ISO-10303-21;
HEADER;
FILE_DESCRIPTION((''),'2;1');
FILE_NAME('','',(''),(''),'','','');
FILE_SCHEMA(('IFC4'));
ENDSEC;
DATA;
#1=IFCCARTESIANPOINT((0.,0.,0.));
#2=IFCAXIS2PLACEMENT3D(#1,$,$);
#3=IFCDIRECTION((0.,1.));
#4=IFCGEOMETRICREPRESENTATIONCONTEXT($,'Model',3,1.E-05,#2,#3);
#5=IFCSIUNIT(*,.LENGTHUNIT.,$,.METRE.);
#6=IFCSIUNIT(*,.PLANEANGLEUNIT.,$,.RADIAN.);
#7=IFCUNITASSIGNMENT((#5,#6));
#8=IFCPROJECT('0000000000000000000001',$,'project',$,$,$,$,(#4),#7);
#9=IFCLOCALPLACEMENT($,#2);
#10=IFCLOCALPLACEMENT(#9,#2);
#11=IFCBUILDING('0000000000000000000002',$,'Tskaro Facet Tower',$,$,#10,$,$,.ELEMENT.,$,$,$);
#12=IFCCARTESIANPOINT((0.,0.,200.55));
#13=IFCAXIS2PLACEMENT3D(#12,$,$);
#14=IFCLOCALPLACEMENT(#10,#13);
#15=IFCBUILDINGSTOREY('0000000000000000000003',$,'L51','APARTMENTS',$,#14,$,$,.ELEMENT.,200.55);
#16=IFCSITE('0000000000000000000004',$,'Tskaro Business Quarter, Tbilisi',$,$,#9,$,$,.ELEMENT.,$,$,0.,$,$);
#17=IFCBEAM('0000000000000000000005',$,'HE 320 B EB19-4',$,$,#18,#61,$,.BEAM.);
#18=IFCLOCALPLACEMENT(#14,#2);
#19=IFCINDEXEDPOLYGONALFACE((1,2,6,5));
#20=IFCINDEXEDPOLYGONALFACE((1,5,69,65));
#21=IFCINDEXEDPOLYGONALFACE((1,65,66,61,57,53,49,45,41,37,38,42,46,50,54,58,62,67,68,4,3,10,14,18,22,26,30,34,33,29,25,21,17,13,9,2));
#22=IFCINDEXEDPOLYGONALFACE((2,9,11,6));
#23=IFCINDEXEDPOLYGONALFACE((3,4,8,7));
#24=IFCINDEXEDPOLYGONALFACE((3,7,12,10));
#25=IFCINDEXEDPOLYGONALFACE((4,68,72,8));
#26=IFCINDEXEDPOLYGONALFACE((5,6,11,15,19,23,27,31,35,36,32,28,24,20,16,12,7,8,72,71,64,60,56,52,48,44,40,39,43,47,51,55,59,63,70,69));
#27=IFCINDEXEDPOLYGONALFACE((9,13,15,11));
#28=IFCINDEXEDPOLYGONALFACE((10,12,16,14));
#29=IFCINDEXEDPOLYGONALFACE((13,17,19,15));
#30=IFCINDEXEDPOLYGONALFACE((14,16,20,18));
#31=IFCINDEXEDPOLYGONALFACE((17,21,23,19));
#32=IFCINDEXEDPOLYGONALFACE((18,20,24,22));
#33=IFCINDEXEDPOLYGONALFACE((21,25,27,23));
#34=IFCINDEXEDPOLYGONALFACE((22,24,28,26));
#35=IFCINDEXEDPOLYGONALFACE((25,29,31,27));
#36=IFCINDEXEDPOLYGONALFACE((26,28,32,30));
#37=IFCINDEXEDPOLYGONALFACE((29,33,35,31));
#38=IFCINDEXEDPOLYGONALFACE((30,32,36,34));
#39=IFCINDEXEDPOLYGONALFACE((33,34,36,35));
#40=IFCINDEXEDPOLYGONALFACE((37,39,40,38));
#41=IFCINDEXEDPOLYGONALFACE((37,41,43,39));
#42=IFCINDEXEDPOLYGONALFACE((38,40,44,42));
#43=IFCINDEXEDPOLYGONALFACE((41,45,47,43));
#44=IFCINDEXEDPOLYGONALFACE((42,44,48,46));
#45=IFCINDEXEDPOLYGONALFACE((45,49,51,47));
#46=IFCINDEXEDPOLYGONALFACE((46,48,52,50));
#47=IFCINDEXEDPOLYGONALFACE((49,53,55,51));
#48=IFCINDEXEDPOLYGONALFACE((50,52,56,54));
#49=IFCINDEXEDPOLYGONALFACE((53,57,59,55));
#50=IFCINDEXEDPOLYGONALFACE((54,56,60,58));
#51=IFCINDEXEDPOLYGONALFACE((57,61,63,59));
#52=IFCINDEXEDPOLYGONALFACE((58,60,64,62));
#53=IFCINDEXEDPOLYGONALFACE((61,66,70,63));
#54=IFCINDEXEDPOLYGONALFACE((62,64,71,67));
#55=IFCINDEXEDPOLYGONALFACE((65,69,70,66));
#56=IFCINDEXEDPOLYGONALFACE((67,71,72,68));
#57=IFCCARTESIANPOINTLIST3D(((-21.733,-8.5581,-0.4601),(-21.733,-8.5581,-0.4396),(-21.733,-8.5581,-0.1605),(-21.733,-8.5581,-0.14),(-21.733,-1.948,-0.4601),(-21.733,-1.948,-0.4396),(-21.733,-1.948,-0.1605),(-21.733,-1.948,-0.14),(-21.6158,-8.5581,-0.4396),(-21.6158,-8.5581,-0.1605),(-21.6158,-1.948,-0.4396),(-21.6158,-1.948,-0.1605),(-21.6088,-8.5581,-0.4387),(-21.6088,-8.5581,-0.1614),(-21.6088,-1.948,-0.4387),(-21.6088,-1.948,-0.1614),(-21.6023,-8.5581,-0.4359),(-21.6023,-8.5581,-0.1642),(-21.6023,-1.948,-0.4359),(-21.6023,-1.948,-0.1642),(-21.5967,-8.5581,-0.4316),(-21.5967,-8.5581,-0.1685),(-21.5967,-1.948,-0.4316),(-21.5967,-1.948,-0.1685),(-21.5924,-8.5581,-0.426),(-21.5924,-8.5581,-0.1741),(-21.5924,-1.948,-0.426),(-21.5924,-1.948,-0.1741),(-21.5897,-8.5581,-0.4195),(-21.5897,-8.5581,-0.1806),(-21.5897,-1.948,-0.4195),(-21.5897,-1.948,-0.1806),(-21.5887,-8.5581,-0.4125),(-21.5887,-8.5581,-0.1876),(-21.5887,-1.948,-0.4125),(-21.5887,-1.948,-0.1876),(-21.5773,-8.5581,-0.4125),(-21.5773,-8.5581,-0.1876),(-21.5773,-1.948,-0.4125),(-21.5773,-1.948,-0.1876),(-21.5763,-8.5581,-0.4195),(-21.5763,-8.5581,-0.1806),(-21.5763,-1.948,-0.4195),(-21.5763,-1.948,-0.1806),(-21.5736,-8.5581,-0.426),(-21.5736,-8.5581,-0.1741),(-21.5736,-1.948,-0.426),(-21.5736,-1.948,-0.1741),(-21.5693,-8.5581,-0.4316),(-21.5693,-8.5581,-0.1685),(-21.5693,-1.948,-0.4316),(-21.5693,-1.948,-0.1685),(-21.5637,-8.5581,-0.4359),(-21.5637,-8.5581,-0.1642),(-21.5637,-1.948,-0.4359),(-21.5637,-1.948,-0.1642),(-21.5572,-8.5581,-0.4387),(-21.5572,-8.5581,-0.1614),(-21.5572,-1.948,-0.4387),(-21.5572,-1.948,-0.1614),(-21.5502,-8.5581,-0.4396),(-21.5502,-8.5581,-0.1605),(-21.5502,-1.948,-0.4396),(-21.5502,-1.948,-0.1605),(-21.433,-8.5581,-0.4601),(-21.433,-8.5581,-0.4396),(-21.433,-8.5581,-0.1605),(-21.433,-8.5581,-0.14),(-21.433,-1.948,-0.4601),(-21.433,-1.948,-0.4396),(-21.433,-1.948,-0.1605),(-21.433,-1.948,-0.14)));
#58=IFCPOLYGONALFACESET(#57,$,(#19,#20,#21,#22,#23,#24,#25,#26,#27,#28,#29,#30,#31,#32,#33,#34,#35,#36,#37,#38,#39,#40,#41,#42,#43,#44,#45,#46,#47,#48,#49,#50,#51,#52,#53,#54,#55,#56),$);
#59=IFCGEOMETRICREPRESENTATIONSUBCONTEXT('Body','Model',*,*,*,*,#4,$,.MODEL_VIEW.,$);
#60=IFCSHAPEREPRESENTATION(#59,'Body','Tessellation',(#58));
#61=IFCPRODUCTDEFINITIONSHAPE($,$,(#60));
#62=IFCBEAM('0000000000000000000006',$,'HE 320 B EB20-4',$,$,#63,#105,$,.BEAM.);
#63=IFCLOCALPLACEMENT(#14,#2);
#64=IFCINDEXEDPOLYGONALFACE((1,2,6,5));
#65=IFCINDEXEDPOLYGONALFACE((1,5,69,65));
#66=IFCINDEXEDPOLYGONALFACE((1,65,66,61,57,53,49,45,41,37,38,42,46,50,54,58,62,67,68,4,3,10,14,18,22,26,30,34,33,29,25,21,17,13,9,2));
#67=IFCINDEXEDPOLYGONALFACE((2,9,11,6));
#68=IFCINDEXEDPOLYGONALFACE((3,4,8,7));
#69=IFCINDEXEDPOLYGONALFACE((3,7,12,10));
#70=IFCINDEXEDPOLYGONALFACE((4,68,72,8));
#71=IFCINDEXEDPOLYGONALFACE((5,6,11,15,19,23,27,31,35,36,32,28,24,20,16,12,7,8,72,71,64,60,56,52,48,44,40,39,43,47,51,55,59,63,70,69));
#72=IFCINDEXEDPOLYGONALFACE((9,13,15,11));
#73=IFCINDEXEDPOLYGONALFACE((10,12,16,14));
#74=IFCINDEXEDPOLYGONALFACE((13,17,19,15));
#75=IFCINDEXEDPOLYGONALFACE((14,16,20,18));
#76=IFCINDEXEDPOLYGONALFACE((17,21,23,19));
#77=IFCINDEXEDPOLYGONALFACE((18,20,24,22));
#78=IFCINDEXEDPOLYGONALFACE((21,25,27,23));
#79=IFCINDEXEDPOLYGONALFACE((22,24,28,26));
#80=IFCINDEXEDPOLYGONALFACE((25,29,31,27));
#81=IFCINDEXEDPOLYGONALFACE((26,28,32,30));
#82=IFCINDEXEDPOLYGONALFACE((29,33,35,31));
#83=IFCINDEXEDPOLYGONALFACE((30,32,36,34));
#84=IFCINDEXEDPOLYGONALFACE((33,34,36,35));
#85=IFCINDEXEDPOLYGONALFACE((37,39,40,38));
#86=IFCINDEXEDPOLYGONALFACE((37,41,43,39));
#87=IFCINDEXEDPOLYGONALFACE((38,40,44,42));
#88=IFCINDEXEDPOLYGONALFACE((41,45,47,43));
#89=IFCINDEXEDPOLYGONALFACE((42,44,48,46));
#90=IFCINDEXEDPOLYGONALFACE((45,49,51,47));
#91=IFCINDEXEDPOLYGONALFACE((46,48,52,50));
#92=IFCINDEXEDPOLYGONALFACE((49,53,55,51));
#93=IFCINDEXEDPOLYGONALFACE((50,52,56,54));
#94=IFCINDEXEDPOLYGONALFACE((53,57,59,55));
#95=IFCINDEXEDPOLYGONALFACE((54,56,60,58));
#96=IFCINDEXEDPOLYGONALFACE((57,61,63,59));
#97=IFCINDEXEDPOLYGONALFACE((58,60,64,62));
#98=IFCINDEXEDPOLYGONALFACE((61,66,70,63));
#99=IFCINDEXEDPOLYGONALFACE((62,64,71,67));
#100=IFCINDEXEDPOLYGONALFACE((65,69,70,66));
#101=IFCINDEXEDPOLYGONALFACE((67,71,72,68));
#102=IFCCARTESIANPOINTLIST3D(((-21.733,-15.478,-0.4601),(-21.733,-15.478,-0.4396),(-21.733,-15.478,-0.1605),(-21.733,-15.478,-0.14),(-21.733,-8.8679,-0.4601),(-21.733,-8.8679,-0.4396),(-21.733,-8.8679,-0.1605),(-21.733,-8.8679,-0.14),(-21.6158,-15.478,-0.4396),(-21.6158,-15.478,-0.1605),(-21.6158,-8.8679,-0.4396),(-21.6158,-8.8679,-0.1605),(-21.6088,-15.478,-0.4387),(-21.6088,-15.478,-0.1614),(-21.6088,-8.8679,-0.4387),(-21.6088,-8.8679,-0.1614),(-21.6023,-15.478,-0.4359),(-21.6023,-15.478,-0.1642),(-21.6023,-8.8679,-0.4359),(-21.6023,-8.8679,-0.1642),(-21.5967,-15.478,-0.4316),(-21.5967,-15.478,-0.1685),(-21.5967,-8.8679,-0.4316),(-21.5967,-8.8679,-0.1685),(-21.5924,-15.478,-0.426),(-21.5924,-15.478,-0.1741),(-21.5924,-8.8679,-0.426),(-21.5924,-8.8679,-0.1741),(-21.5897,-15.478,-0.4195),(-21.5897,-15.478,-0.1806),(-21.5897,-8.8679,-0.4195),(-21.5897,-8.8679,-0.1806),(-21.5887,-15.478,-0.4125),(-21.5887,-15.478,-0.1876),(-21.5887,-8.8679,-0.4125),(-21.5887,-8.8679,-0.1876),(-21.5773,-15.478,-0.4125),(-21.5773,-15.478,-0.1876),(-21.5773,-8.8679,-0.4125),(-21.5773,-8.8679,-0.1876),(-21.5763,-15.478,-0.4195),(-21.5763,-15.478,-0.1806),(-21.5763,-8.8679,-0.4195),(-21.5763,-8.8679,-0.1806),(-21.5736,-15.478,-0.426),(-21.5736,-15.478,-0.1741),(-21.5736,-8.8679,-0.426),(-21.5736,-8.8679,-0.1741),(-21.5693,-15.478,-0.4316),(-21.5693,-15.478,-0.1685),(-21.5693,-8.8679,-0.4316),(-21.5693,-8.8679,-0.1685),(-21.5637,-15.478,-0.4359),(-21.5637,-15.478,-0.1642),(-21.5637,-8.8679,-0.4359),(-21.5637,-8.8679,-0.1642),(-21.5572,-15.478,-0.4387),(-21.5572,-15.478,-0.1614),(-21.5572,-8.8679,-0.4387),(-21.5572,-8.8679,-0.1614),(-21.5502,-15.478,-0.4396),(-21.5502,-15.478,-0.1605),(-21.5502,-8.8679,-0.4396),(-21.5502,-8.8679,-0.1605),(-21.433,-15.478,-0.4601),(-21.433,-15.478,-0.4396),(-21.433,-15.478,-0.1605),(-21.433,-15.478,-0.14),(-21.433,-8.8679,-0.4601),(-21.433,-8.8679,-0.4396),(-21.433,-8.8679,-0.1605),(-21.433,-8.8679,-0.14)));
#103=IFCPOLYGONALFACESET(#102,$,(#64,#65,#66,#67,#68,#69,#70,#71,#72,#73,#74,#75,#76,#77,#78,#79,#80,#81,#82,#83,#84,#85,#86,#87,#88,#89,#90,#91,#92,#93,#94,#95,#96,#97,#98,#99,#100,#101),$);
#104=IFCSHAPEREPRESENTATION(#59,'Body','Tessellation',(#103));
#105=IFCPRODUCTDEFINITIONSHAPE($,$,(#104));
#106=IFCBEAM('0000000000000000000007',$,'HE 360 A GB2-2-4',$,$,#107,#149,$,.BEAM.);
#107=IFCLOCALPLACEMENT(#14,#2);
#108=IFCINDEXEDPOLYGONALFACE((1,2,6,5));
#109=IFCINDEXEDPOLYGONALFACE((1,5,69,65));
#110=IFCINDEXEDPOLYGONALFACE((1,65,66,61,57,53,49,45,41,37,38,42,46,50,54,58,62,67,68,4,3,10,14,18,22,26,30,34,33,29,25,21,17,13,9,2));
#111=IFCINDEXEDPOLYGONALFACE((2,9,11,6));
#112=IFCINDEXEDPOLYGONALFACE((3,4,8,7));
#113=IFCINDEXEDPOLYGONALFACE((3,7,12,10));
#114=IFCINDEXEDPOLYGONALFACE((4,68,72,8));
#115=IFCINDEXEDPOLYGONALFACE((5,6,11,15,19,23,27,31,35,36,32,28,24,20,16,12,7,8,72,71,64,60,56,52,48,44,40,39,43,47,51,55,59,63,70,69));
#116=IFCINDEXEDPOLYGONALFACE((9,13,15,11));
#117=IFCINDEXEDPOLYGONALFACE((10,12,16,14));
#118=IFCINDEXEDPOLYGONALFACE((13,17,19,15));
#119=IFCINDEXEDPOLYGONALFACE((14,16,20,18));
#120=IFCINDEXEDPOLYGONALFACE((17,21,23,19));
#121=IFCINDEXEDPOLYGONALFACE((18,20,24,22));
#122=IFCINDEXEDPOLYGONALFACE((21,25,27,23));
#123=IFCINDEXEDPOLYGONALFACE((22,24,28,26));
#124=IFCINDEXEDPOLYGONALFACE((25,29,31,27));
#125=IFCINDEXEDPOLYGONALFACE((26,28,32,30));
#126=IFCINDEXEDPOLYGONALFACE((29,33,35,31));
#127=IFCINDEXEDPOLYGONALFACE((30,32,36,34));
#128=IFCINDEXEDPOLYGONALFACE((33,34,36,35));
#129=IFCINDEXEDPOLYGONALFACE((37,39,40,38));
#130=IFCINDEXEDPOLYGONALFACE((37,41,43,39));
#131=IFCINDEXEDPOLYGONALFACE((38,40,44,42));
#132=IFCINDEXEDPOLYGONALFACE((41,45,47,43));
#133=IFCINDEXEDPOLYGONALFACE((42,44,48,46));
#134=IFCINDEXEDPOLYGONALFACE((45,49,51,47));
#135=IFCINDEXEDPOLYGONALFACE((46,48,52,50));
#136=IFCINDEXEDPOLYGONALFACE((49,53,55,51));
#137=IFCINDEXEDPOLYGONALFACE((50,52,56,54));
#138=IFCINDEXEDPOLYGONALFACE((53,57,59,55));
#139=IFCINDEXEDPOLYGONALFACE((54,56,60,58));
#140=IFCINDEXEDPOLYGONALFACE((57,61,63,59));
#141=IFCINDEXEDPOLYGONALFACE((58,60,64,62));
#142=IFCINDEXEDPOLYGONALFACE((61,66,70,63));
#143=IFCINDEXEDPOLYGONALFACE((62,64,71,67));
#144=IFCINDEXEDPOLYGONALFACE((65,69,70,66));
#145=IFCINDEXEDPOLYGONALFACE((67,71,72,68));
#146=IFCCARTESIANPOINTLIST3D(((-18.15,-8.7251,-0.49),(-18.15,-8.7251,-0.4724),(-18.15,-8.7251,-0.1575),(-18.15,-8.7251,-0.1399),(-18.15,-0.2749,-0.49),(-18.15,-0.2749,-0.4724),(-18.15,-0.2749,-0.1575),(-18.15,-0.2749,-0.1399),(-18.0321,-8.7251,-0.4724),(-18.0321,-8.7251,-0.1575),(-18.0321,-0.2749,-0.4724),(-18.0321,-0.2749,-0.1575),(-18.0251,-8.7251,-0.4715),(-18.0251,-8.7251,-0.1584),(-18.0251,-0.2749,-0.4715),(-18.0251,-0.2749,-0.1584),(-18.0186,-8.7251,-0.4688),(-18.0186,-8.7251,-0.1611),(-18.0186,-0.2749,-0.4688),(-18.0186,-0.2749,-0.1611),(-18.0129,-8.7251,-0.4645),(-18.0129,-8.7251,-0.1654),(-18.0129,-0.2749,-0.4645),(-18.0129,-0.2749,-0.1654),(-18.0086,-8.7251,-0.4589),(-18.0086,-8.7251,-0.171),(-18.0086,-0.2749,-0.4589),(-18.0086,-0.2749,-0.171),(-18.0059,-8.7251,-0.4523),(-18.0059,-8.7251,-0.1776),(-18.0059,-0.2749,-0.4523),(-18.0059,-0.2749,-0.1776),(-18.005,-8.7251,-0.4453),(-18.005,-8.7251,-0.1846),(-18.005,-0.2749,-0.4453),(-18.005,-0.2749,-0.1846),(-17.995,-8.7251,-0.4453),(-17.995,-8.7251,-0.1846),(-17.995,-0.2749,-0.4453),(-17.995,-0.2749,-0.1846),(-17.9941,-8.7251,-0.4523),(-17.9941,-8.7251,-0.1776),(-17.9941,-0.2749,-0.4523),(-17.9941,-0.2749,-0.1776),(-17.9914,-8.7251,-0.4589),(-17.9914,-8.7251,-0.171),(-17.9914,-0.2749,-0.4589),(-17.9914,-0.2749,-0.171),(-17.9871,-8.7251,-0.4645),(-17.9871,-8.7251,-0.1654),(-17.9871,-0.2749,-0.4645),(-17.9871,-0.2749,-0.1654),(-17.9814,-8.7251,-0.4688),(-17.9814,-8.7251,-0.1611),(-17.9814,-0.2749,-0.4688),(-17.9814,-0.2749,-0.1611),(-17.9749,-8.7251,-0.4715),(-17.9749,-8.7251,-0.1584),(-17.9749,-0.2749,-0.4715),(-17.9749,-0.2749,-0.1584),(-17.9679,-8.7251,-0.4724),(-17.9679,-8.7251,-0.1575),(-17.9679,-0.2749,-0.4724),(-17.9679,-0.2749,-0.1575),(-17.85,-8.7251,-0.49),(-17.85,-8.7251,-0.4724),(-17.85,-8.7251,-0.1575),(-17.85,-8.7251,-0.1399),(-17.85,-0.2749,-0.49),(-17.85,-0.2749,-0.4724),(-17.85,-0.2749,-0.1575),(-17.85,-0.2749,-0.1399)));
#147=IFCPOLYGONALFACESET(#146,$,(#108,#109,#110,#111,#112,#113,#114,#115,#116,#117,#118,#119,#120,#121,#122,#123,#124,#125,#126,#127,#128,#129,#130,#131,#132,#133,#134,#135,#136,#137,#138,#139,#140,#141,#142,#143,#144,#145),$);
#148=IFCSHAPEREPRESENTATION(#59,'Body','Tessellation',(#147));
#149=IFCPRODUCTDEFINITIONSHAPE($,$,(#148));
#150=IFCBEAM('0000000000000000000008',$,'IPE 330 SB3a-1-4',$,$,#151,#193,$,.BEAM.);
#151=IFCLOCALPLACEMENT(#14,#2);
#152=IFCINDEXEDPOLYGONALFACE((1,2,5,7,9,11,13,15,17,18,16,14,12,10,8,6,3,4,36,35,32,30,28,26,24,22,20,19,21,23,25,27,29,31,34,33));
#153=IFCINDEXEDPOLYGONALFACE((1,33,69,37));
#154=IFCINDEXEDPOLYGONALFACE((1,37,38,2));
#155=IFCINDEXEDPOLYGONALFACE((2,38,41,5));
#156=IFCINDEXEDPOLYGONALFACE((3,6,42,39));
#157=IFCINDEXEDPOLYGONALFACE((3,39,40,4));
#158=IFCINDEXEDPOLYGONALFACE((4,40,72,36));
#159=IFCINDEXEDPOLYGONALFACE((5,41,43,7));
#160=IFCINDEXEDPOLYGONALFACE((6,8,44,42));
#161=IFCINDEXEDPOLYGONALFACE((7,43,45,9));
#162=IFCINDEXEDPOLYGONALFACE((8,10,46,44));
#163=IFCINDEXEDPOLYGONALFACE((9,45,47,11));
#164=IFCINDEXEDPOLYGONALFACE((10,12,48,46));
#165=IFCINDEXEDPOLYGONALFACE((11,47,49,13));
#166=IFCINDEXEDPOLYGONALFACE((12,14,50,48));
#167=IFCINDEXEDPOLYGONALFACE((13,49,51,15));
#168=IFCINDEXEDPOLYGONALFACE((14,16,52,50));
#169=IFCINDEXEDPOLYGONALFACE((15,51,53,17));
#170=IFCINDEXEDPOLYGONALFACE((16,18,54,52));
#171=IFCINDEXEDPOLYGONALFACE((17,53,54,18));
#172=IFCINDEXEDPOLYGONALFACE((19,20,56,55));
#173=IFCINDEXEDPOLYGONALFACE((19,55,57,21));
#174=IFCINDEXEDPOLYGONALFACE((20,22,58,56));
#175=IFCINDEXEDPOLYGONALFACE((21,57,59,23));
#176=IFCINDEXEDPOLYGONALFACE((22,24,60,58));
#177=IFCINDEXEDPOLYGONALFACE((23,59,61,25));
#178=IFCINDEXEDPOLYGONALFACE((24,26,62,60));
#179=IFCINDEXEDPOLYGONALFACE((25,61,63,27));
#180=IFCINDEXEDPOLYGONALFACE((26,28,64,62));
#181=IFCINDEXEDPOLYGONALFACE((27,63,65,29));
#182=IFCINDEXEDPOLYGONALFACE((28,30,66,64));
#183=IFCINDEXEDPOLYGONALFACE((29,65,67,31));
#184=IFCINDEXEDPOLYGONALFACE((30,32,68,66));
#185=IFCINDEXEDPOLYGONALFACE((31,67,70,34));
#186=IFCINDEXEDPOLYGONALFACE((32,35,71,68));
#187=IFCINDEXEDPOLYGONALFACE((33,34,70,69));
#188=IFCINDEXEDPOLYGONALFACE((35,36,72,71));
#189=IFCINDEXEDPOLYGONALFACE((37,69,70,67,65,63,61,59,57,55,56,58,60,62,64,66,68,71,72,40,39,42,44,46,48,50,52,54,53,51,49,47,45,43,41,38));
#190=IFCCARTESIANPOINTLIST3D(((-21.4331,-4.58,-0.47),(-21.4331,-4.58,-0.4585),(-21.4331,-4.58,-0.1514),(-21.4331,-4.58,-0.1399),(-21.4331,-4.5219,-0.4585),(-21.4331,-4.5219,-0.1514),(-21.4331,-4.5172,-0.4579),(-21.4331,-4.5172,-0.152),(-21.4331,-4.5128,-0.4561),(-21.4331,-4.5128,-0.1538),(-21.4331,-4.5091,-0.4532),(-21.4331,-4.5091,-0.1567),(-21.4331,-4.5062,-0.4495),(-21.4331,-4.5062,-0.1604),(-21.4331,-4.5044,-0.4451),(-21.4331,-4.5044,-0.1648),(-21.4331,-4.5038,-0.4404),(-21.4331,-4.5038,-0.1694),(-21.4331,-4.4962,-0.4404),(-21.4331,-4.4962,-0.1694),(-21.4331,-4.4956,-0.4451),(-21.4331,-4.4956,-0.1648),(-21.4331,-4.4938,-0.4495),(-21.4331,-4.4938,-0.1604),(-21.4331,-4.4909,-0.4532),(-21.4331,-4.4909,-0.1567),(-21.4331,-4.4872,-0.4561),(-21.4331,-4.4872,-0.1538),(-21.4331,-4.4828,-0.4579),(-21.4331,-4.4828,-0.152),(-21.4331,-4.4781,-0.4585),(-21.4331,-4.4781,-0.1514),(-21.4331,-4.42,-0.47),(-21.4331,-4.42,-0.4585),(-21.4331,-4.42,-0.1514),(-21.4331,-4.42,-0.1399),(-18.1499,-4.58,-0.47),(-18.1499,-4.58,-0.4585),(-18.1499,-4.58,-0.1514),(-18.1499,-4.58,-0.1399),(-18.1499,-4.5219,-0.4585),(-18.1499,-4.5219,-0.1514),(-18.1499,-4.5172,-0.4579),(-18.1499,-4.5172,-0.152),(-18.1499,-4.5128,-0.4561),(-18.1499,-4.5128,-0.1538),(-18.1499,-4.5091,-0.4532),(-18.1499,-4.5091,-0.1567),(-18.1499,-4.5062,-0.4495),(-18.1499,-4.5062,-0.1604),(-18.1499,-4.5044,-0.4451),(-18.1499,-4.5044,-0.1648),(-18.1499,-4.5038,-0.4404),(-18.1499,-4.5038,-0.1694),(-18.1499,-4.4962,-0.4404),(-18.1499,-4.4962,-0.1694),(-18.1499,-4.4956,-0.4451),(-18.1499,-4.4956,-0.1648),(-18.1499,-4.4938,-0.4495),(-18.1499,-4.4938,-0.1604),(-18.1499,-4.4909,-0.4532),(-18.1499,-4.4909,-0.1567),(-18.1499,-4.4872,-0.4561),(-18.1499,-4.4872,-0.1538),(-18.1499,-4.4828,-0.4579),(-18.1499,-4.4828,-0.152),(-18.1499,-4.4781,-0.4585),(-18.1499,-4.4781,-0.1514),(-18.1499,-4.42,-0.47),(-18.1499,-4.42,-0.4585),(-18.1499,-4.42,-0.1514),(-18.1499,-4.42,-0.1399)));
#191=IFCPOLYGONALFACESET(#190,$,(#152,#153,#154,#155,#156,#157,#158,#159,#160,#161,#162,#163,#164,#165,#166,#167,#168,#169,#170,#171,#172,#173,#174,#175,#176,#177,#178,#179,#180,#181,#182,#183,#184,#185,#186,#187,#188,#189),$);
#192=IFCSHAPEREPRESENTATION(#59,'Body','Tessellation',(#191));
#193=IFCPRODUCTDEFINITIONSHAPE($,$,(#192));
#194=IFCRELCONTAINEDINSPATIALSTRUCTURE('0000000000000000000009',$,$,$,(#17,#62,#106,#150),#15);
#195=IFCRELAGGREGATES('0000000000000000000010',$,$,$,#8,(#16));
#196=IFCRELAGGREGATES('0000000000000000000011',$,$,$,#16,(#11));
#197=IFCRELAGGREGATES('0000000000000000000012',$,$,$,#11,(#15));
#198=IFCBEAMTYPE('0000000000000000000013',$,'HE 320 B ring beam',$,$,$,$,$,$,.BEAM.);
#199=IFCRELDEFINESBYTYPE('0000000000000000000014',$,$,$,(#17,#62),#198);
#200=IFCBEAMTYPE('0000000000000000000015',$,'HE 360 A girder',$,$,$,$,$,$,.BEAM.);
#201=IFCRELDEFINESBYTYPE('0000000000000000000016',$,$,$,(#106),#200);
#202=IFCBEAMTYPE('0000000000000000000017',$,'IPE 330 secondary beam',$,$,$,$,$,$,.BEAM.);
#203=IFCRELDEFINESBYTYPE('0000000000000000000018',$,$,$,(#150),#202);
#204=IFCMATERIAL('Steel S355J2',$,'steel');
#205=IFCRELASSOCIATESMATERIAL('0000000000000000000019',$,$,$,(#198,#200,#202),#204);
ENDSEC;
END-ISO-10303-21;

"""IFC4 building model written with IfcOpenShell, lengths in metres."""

from ifc_helpers import new_model, si_unit, direction, frame, origin, origin_2d, place, context, subcontext, project, spatial, i_section, extrude, material, material_profile, profile_set, type_object, element, save


model = new_model("IFC4")

# Units and contexts
model_context = context("Model", 3, precision=1e-05, world=origin(), true_north=direction((0.0, 1.0)))
body_context = subcontext(model_context, "Body", "Model", "MODEL_VIEW")
ifc_project = project(units=[si_unit("LENGTHUNIT", "METRE"), si_unit("PLANEANGLEUNIT", "RADIAN")], contexts=[model_context])

# Site, building, storey
site_placement = place(None, origin())
site = spatial("IfcSite", under=ifc_project, at=site_placement, Name="Tskaro Business Quarter, Tbilisi", CompositionType="ELEMENT", RefElevation=0.0)
building_placement = place(site_placement, origin())
building = spatial("IfcBuilding", under=site, at=building_placement, Name="Tskaro Facet Tower", CompositionType="ELEMENT")
storey_placement = place(building_placement, frame((0.0, 0.0, 200.55)))
storey = spatial("IfcBuildingStorey", under=building, at=storey_placement, Name="L51", Description="APARTMENTS", CompositionType="ELEMENT", Elevation=200.55)

# Beams
ifc_material_1 = material(Name="Steel S355J2", Category="steel")
ifc_material_profile_1 = material_profile(ifc_material_1, i_section(OverallWidth=0.3, OverallDepth=0.3201, WebThickness=0.0115, FlangeThickness=0.0205, FilletRadius=0.0271, at=origin_2d()), Name="HE 320 B")
ifc_profile_set_1 = profile_set([ifc_material_profile_1], Name="Steel S355J2")
beam_type_1 = type_object("IfcBeamType", Name="HE 320 B ring beam", PredefinedType="BEAM", material=ifc_profile_set_1)
for number, where, z_axis, x_axis, name in (
    (1, (-21.583, -1.948, -0.3), (0.0, -1.0, 0.0), (1.0, 0.0, 0.0), "HE 320 B EB19-4"),
    (2, (-21.583, -8.8679, -0.3), (0.0, -1.0, 0.0), (1.0, 0.0, 0.0), "HE 320 B EB20-4"),
):
    element("IfcBeam", number, at=place(storey_placement, frame(where, z_axis=z_axis, x_axis=x_axis)), inside=storey, type_object=beam_type_1, Name=name, PredefinedType="BEAM", context=body_context, shape_type="SweptSolid", body=[
        extrude(i_section(OverallWidth=0.3, OverallDepth=0.3201, WebThickness=0.0115, FlangeThickness=0.0205, FilletRadius=0.0271, at=origin_2d()), origin(), (0.0, 0.0, 1.0), 6.6101),
    ])
ifc_material_profile_2 = material_profile(ifc_material_1, i_section(OverallWidth=0.3, OverallDepth=0.3501, WebThickness=0.01, FlangeThickness=0.0176, FilletRadius=0.0271, at=origin_2d()), Name="HE 360 A")
ifc_profile_set_2 = profile_set([ifc_material_profile_2], Name="Steel S355J2")
beam_type_2 = type_object("IfcBeamType", Name="HE 360 A girder", PredefinedType="BEAM", material=ifc_profile_set_2)
beam_1_placement = place(storey_placement, frame((-18.0, -8.7251, -0.3149), z_axis=(0.0, 1.0, 0.0), x_axis=(-1.0, 0.0, 0.0)))
element("IfcBeam", 3, at=beam_1_placement, inside=storey, type_object=beam_type_2, Name="HE 360 A GB2-2-4", PredefinedType="BEAM", context=body_context, shape_type="SweptSolid", body=[
    extrude(i_section(OverallWidth=0.3, OverallDepth=0.3501, WebThickness=0.01, FlangeThickness=0.0176, FilletRadius=0.0271, at=origin_2d()), origin(), (0.0, 0.0, 1.0), 8.4502),
])
ifc_material_profile_3 = material_profile(ifc_material_1, i_section(OverallWidth=0.1599, OverallDepth=0.3301, WebThickness=0.0076, FlangeThickness=0.0115, FilletRadius=0.0181, at=origin_2d()), Name="IPE 330")
ifc_profile_set_3 = profile_set([ifc_material_profile_3], Name="Steel S355J2")
beam_type_3 = type_object("IfcBeamType", Name="IPE 330 secondary beam", PredefinedType="BEAM", material=ifc_profile_set_3)
beam_2_placement = place(storey_placement, frame((-21.4331, -4.5, -0.3049), z_axis=(1.0, 0.0, 0.0), x_axis=(0.0, 1.0, 0.0)))
element("IfcBeam", 4, at=beam_2_placement, inside=storey, type_object=beam_type_3, Name="IPE 330 SB3a-1-4", PredefinedType="BEAM", context=body_context, shape_type="SweptSolid", body=[
    extrude(i_section(OverallWidth=0.1599, OverallDepth=0.3301, WebThickness=0.0076, FlangeThickness=0.0115, FilletRadius=0.0181, at=origin_2d()), origin(), (0.0, 0.0, 1.0), 3.2832),
])

save(model, "model.ifc")
